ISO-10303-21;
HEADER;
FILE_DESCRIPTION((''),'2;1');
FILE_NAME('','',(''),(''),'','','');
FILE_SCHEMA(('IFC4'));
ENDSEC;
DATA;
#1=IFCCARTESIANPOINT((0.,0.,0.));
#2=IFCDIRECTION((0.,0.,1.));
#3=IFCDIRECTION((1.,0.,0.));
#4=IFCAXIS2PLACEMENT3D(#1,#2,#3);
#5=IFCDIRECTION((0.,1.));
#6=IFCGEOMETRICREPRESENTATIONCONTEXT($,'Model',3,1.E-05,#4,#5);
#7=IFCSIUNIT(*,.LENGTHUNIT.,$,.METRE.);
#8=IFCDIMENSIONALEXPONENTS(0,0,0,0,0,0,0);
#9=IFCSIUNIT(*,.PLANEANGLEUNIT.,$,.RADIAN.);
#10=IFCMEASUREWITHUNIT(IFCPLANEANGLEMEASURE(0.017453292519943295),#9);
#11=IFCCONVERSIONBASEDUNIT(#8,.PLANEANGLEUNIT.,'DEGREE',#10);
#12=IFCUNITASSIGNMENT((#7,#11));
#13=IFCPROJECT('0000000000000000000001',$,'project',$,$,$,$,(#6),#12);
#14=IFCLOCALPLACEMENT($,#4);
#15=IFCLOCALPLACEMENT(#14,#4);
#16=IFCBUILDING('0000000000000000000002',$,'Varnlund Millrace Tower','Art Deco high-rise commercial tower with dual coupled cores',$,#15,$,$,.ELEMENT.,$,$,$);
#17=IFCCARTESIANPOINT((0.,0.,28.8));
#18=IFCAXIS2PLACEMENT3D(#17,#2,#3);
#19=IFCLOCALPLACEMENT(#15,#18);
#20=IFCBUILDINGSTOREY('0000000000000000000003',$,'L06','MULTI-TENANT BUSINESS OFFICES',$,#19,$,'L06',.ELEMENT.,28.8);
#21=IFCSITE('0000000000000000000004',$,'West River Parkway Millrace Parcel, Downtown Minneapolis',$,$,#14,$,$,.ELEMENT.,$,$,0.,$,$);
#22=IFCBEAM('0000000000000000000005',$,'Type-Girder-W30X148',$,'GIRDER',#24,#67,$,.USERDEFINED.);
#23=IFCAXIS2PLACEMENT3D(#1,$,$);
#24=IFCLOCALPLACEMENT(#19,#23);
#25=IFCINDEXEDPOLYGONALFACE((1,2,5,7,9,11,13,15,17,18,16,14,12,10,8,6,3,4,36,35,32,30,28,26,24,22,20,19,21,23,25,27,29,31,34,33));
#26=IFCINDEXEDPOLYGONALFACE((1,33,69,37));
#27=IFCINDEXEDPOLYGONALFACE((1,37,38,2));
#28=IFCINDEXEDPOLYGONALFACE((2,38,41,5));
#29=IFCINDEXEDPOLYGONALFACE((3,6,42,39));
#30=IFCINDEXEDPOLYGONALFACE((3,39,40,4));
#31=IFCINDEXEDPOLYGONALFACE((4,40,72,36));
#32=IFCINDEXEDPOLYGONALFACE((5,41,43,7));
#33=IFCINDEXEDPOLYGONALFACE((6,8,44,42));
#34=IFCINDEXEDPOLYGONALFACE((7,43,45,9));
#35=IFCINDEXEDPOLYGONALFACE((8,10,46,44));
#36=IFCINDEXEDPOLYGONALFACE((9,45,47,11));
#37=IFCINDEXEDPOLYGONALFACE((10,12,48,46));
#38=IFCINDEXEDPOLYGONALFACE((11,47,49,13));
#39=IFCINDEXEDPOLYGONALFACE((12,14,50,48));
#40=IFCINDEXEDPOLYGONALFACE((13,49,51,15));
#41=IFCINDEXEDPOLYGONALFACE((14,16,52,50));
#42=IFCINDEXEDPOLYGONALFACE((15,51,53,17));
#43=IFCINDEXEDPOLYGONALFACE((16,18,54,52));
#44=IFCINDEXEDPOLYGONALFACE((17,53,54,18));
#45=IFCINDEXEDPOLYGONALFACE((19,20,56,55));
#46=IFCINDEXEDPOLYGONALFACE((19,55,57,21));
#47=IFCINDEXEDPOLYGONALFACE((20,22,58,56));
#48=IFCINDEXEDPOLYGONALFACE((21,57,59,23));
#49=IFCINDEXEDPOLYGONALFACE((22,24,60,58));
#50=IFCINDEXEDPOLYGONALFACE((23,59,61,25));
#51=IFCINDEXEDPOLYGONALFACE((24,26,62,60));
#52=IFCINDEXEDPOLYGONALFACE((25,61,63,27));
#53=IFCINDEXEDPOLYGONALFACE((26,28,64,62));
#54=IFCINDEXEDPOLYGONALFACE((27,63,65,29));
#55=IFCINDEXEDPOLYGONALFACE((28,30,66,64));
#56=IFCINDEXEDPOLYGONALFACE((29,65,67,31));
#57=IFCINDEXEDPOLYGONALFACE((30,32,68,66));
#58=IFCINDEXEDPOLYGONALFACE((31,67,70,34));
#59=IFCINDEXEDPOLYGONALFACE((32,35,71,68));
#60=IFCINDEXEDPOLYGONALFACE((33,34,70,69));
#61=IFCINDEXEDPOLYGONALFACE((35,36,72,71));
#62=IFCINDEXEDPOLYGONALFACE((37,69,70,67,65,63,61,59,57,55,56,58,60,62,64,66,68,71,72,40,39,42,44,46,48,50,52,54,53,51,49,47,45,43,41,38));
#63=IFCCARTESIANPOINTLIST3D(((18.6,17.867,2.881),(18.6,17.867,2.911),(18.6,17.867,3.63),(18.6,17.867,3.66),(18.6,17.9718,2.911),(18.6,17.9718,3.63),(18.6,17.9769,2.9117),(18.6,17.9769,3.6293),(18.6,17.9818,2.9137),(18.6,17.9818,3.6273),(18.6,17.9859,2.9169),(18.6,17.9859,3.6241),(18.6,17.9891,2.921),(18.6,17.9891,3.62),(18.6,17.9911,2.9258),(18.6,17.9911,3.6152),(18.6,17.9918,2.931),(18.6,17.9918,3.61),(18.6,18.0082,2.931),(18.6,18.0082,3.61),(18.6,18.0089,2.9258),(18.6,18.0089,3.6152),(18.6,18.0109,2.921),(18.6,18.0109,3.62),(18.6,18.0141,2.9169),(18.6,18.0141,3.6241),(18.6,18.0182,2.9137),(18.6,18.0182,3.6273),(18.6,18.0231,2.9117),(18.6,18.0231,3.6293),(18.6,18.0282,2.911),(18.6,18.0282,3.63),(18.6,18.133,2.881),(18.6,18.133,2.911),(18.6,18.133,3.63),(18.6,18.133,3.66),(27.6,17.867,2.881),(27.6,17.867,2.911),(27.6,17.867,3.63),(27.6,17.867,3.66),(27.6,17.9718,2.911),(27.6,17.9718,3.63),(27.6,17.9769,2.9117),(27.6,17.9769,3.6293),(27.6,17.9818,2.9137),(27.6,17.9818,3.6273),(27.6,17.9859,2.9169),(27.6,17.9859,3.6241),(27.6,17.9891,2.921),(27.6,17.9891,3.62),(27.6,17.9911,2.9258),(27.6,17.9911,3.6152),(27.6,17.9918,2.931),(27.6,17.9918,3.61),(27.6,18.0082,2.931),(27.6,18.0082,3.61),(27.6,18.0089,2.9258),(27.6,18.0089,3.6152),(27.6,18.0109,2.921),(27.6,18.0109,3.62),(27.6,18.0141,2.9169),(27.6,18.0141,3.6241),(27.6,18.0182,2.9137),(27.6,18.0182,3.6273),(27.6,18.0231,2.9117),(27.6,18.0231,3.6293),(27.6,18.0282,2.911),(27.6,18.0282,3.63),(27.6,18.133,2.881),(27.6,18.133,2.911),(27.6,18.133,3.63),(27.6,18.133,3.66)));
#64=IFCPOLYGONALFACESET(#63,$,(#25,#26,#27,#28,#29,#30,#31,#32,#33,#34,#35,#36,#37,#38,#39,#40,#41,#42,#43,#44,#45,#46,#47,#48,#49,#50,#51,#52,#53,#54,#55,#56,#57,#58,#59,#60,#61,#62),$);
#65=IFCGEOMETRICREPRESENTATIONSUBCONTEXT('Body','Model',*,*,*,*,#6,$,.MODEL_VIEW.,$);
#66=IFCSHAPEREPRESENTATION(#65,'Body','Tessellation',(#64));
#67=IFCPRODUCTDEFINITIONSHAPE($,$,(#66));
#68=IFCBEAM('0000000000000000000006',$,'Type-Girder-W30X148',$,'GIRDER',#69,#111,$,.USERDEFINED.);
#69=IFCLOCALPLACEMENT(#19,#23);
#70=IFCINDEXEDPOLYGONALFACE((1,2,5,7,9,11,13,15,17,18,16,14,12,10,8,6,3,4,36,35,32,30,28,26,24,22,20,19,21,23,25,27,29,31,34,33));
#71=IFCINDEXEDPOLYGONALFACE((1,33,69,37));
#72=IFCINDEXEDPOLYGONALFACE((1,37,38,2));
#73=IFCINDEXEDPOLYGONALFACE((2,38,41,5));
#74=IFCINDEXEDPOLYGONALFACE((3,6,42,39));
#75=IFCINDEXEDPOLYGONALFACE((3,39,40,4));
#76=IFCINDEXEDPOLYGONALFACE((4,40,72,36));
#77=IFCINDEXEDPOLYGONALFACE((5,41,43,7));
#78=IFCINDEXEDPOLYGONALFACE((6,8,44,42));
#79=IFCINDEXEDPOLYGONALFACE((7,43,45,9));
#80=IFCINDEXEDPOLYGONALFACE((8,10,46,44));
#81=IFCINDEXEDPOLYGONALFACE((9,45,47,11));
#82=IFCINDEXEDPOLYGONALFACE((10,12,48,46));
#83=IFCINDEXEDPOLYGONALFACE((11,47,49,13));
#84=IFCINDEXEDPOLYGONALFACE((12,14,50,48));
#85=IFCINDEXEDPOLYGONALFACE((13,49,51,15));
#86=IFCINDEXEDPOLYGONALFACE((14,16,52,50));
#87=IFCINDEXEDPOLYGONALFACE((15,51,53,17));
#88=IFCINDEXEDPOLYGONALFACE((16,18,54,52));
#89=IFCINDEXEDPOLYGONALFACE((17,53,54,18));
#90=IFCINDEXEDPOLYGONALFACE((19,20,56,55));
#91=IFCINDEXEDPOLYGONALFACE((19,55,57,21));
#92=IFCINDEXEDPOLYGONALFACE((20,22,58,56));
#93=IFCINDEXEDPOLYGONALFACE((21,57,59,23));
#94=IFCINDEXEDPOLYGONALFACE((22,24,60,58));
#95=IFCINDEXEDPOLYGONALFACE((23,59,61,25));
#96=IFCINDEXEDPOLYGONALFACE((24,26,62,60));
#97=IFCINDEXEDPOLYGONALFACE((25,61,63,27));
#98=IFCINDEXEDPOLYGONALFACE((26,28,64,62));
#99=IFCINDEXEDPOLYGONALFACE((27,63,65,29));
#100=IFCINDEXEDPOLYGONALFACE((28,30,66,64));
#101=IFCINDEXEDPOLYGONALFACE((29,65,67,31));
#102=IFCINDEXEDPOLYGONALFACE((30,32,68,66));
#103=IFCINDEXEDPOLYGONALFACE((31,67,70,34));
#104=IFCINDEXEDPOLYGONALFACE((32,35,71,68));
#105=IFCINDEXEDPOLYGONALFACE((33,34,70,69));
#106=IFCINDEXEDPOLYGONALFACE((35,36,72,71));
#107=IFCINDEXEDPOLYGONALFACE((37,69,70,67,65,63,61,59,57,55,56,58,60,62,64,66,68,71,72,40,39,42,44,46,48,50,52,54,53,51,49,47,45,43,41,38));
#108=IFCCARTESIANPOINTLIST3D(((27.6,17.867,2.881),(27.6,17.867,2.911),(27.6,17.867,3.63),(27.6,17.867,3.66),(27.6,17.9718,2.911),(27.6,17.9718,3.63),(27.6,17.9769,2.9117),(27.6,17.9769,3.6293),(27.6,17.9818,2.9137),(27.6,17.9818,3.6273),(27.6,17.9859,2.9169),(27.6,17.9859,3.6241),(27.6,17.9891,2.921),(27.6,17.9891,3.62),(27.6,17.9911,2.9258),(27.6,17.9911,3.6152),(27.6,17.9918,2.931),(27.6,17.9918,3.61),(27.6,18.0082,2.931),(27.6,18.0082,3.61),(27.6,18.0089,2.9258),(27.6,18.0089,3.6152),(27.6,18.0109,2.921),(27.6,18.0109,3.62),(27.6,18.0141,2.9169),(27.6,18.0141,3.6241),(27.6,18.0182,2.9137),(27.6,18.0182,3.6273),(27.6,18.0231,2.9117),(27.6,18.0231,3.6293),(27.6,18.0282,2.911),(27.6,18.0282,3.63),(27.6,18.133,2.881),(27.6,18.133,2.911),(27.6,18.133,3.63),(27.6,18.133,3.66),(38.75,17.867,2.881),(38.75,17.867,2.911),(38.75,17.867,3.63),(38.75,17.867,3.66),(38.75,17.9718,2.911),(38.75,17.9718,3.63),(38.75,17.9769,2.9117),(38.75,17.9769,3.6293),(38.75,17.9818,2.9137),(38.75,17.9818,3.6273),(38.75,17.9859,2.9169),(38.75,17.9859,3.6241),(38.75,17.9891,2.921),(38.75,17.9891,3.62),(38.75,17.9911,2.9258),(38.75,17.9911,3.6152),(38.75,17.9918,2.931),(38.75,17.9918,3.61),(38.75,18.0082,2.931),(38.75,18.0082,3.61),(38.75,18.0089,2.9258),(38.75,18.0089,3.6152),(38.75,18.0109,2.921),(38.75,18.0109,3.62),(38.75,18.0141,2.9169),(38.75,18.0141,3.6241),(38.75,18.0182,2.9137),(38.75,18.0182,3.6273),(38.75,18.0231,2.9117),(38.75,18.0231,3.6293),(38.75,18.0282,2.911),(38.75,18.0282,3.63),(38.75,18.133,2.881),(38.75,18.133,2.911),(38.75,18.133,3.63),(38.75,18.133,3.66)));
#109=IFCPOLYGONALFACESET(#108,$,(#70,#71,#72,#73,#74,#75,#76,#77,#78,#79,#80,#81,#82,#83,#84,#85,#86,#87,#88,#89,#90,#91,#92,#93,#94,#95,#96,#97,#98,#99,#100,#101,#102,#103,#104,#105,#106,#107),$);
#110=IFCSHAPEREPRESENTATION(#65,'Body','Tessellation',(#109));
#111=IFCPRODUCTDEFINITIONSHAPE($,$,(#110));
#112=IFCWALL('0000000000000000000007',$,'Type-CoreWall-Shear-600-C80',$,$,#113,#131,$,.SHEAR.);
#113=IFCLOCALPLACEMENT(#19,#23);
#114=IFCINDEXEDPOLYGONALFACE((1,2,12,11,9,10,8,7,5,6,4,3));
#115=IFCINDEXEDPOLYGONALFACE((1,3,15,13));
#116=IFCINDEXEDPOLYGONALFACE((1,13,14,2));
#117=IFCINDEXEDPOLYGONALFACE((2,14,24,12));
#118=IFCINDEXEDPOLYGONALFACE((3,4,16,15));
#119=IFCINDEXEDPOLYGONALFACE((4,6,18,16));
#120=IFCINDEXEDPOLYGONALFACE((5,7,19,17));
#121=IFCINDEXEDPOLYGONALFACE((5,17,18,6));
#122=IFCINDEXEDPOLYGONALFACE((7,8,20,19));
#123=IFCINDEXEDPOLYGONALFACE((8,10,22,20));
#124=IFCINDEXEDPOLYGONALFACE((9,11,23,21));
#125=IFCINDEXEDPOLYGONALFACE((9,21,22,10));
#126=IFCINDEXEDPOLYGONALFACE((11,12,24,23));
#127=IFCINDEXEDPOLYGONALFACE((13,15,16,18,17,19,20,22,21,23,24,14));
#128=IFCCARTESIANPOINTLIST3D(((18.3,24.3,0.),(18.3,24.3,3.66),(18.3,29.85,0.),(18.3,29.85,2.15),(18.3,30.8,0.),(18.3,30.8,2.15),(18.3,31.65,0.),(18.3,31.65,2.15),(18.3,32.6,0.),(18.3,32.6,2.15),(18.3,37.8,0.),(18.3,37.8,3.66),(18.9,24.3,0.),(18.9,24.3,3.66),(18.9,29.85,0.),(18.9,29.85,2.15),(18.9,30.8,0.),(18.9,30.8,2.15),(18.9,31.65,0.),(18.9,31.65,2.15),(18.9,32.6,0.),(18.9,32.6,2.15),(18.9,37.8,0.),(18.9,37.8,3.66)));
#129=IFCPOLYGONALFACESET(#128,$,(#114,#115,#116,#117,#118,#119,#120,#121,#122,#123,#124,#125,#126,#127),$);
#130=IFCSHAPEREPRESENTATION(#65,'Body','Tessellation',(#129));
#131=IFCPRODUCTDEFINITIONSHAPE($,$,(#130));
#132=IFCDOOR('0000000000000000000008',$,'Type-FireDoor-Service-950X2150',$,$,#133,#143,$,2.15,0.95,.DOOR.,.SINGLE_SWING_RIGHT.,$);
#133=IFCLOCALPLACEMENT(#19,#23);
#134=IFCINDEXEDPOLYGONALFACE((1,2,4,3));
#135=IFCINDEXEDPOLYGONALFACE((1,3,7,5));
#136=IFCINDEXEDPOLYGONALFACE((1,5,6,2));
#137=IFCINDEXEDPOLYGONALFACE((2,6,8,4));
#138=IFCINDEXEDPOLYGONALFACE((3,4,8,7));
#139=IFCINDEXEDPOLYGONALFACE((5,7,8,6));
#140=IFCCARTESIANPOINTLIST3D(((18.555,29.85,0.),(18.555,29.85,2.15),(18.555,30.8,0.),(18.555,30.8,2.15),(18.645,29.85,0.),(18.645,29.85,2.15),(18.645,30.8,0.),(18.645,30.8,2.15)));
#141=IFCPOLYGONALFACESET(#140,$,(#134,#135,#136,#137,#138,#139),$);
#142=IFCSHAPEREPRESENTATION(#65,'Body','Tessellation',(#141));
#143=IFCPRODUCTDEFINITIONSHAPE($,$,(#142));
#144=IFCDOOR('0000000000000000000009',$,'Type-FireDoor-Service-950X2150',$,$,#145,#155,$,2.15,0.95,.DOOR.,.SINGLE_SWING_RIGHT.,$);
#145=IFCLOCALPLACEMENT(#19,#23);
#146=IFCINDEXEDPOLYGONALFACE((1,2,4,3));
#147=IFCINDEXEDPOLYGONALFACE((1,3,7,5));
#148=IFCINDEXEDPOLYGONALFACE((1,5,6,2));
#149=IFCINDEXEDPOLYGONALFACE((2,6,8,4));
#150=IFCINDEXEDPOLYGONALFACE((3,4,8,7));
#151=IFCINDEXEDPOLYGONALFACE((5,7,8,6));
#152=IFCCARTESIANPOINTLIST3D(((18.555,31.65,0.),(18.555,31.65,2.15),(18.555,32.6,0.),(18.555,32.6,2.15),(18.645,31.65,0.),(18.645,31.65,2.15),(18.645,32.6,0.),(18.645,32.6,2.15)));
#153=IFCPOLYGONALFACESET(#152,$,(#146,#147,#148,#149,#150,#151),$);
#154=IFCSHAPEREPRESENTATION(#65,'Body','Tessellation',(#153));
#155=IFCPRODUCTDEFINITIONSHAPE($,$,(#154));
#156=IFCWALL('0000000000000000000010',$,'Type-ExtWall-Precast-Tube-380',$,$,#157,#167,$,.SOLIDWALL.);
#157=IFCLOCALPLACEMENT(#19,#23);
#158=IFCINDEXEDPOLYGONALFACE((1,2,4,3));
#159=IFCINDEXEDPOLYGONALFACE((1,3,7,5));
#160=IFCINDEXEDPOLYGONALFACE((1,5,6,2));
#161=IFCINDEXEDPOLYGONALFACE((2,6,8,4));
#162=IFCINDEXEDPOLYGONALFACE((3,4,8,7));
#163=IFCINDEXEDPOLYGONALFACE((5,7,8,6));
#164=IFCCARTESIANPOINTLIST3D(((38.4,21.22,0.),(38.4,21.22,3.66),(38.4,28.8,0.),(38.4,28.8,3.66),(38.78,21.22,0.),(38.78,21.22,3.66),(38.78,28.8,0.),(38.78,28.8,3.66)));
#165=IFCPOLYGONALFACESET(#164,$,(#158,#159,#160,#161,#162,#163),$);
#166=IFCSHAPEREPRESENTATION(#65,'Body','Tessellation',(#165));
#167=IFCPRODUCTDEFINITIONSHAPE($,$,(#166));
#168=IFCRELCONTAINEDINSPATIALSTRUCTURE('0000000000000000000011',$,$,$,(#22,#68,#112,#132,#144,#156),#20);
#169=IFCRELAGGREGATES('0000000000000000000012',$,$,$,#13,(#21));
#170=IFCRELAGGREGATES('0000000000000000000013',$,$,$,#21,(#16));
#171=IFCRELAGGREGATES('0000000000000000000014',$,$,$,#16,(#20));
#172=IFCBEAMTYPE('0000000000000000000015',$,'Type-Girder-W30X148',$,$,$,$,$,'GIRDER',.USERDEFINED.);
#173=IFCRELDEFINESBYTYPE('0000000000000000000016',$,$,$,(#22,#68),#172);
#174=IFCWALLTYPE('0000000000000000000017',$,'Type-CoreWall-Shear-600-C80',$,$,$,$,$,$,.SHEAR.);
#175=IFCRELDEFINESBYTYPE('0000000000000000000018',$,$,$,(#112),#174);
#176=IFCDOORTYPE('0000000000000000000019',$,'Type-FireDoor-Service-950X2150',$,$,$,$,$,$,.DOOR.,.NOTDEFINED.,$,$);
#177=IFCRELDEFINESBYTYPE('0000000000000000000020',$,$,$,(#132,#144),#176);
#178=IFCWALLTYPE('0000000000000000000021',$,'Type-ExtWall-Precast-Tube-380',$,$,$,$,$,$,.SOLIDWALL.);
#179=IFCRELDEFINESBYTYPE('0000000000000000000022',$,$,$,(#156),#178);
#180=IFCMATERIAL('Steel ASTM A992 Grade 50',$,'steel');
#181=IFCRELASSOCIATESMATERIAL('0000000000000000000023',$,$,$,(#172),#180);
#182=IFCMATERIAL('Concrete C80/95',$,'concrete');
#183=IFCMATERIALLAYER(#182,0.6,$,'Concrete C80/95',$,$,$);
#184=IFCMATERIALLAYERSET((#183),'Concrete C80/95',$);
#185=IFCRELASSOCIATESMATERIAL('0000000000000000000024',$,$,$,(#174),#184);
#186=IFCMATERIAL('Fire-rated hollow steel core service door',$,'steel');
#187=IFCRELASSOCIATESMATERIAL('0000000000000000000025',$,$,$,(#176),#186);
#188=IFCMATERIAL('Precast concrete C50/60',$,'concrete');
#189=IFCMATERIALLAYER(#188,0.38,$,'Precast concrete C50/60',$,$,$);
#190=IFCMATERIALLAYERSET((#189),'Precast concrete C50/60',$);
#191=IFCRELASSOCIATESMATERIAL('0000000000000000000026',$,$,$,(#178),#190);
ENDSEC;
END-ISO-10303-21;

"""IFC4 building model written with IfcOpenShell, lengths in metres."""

from ifc_helpers import new_model, entity, si_unit, converted_unit, direction, frame, origin_with_axes, origin_2d_with_axis, place, context, subcontext, project, spatial, polyline, rectangle, i_section, outline, extrude, material, layer, layer_set, material_profile, profile_set, type_object, element, fill, save


model = new_model("IFC4")

# Units and contexts
model_context = context("Model", 3, precision=1e-05, world=origin_with_axes(), true_north=direction((0.0, 1.0)))
body_context = subcontext(model_context, "Body", "Model", "MODEL_VIEW")
ifc_project = project(units=[si_unit("LENGTHUNIT", "METRE"), converted_unit("PLANEANGLEUNIT", "DEGREE", entity("IfcPlaneAngleMeasure", 0.017453292519943295), si_unit("PLANEANGLEUNIT", "RADIAN"), dimensions=[0, 0, 0, 0, 0, 0, 0])], contexts=[model_context])

# Site, building, storey
site_placement = place(None, origin_with_axes())
site = spatial("IfcSite", under=ifc_project, at=site_placement, Name="West River Parkway Millrace Parcel, Downtown Minneapolis", CompositionType="ELEMENT", RefElevation=0.0)
building_placement = place(site_placement, origin_with_axes())
building = spatial("IfcBuilding", under=site, at=building_placement, Name="Varnlund Millrace Tower", Description="Art Deco high-rise commercial tower with dual coupled cores", CompositionType="ELEMENT")
storey_placement = place(building_placement, frame((0.0, 0.0, 28.8), z_axis=(0.0, 0.0, 1.0), x_axis=(1.0, 0.0, 0.0)))
storey = spatial("IfcBuildingStorey", under=building, at=storey_placement, Name="L06", Description="MULTI-TENANT BUSINESS OFFICES", LongName="L06", CompositionType="ELEMENT", Elevation=28.8)

# Shared definitions
ifc_material_1 = material(Name="Concrete C80/95", Category="concrete")

# Beams
ifc_material_2 = material(Name="Steel ASTM A992 Grade 50", Category="steel")
ifc_material_profile_1 = material_profile(ifc_material_2, i_section(OverallWidth=0.266, OverallDepth=0.779, WebThickness=0.0165, FlangeThickness=0.03, FilletRadius=0.02, at=origin_2d_with_axis()), Name="Steel ASTM A992 Grade 50")
ifc_profile_set_1 = profile_set([ifc_material_profile_1], Name="Steel ASTM A992 Grade 50")
beam_type_1 = type_object("IfcBeamType", Name="Type-Girder-W30X148", ElementType="GIRDER", PredefinedType="USERDEFINED", material=ifc_profile_set_1)
beam_1_placement = place(storey_placement, frame((18.6, 18.0, 3.2705), z_axis=(1.0, 0.0, 0.0), x_axis=(0.0, 1.0, 0.0)))
element("IfcBeam", 1, at=beam_1_placement, inside=storey, type_object=beam_type_1, Name="Type-Girder-W30X148", ObjectType="GIRDER", PredefinedType="USERDEFINED", context=body_context, shape_type="SweptSolid", body=[
    extrude(i_section(OverallWidth=0.266, OverallDepth=0.779, WebThickness=0.0165, FlangeThickness=0.03, FilletRadius=0.02, at=origin_2d_with_axis()), origin_with_axes(), (0.0, 0.0, 1.0), 9.0),
])
beam_2_placement = place(storey_placement, frame((27.6, 18.0, 3.2705), z_axis=(1.0, 0.0, 0.0), x_axis=(0.0, 1.0, 0.0)))
element("IfcBeam", 2, at=beam_2_placement, inside=storey, type_object=beam_type_1, Name="Type-Girder-W30X148", ObjectType="GIRDER", PredefinedType="USERDEFINED", context=body_context, shape_type="SweptSolid", body=[
    extrude(i_section(OverallWidth=0.266, OverallDepth=0.779, WebThickness=0.0165, FlangeThickness=0.03, FilletRadius=0.02, at=origin_2d_with_axis()), origin_with_axes(), (0.0, 0.0, 1.0), 11.15),
])

# Wall, openings, doors
ifc_layer_1 = layer(ifc_material_1, 0.6, Name="Concrete C80/95")
ifc_layer_set_1 = layer_set([ifc_layer_1], Name="Concrete C80/95")
wall_type_1 = type_object("IfcWallType", Name="Type-CoreWall-Shear-600-C80", PredefinedType="SHEAR", material=ifc_layer_set_1)
wall_1_placement = place(storey_placement, frame((18.6, 24.3, 0.0), z_axis=(0.0, 0.0, 1.0), x_axis=(0.0, 1.0, 0.0)))
wall_1 = element("IfcWall", 3, at=wall_1_placement, inside=storey, type_object=wall_type_1, Name="Type-CoreWall-Shear-600-C80", PredefinedType="SHEAR", context=body_context, shape_type="SweptSolid", body=[
    extrude(outline(polyline([(0.0, -0.3), (13.5, -0.3), (13.5, 0.3), (0.0, 0.3), (0.0, -0.3)])), origin_with_axes(), (0.0, 0.0, 1.0), 3.66),
])
opening_1_placement = place(wall_1_placement, frame((6.025, 0.0, 0.0), z_axis=(0.0, 0.0, 1.0), x_axis=(1.0, 0.0, 0.0)))
opening_1 = element("IfcOpeningElement", 4, at=opening_1_placement, cuts=wall_1, PredefinedType="OPENING", context=body_context, shape_type="SweptSolid", body=[
    extrude(rectangle(XDim=0.95, YDim=0.62, at=origin_2d_with_axis()), origin_with_axes(), (0.0, 0.0, 1.0), 2.15),
])
opening_2_placement = place(wall_1_placement, frame((7.825, 0.0, 0.0), z_axis=(0.0, 0.0, 1.0), x_axis=(1.0, 0.0, 0.0)))
opening_2 = element("IfcOpeningElement", 5, at=opening_2_placement, cuts=wall_1, PredefinedType="OPENING", context=body_context, shape_type="SweptSolid", body=[
    extrude(rectangle(XDim=0.95, YDim=0.62, at=origin_2d_with_axis()), origin_with_axes(), (0.0, 0.0, 1.0), 2.15),
])
ifc_material_3 = material(Name="Fire-rated hollow steel core service door", Category="steel")
door_type_1 = type_object("IfcDoorType", Name="Type-FireDoor-Service-950X2150", OperationType="NOTDEFINED", PredefinedType="DOOR", material=ifc_material_3)
door_1_placement = place(wall_1_placement, frame((6.025, 0.0, 0.0), z_axis=(0.0, 0.0, 1.0), x_axis=(1.0, 0.0, 0.0)))
door_1 = element("IfcDoor", 6, at=door_1_placement, inside=storey, type_object=door_type_1, Name="Type-FireDoor-Service-950X2150", OperationType="SINGLE_SWING_RIGHT", OverallHeight=2.15, OverallWidth=0.95, PredefinedType="DOOR", context=body_context, shape_type="SweptSolid", body=[
    extrude(rectangle(XDim=0.95, YDim=0.09, at=origin_2d_with_axis()), origin_with_axes(), (0.0, 0.0, 1.0), 2.15),
])
fill(opening_1, door_1)
door_2_placement = place(wall_1_placement, frame((7.825, 0.0, 0.0), z_axis=(0.0, 0.0, 1.0), x_axis=(1.0, 0.0, 0.0)))
door_2 = element("IfcDoor", 7, at=door_2_placement, inside=storey, type_object=door_type_1, Name="Type-FireDoor-Service-950X2150", OperationType="SINGLE_SWING_RIGHT", OverallHeight=2.15, OverallWidth=0.95, PredefinedType="DOOR", context=body_context, shape_type="SweptSolid", body=[
    extrude(rectangle(XDim=0.95, YDim=0.09, at=origin_2d_with_axis()), origin_with_axes(), (0.0, 0.0, 1.0), 2.15),
])
fill(opening_2, door_2)

# Wall
ifc_material_4 = material(Name="Precast concrete C50/60", Category="concrete")
ifc_layer_2 = layer(ifc_material_4, 0.38, Name="Precast concrete C50/60")
ifc_layer_set_2 = layer_set([ifc_layer_2], Name="Precast concrete C50/60")
wall_type_2 = type_object("IfcWallType", Name="Type-ExtWall-Precast-Tube-380", PredefinedType="SOLIDWALL", material=ifc_layer_set_2)
wall_2_placement = place(storey_placement, frame((38.59, 21.22, 0.0), z_axis=(0.0, 0.0, 1.0), x_axis=(0.0, 1.0, 0.0)))
element("IfcWall", 8, at=wall_2_placement, inside=storey, type_object=wall_type_2, Name="Type-ExtWall-Precast-Tube-380", PredefinedType="SOLIDWALL", context=body_context, shape_type="SweptSolid", body=[
    extrude(outline(polyline([(0.0, -0.19), (7.58, -0.19), (7.58, 0.19), (0.0, 0.19), (0.0, -0.19)])), origin_with_axes(), (0.0, 0.0, 1.0), 3.66),
])

save(model, "model.ifc")
